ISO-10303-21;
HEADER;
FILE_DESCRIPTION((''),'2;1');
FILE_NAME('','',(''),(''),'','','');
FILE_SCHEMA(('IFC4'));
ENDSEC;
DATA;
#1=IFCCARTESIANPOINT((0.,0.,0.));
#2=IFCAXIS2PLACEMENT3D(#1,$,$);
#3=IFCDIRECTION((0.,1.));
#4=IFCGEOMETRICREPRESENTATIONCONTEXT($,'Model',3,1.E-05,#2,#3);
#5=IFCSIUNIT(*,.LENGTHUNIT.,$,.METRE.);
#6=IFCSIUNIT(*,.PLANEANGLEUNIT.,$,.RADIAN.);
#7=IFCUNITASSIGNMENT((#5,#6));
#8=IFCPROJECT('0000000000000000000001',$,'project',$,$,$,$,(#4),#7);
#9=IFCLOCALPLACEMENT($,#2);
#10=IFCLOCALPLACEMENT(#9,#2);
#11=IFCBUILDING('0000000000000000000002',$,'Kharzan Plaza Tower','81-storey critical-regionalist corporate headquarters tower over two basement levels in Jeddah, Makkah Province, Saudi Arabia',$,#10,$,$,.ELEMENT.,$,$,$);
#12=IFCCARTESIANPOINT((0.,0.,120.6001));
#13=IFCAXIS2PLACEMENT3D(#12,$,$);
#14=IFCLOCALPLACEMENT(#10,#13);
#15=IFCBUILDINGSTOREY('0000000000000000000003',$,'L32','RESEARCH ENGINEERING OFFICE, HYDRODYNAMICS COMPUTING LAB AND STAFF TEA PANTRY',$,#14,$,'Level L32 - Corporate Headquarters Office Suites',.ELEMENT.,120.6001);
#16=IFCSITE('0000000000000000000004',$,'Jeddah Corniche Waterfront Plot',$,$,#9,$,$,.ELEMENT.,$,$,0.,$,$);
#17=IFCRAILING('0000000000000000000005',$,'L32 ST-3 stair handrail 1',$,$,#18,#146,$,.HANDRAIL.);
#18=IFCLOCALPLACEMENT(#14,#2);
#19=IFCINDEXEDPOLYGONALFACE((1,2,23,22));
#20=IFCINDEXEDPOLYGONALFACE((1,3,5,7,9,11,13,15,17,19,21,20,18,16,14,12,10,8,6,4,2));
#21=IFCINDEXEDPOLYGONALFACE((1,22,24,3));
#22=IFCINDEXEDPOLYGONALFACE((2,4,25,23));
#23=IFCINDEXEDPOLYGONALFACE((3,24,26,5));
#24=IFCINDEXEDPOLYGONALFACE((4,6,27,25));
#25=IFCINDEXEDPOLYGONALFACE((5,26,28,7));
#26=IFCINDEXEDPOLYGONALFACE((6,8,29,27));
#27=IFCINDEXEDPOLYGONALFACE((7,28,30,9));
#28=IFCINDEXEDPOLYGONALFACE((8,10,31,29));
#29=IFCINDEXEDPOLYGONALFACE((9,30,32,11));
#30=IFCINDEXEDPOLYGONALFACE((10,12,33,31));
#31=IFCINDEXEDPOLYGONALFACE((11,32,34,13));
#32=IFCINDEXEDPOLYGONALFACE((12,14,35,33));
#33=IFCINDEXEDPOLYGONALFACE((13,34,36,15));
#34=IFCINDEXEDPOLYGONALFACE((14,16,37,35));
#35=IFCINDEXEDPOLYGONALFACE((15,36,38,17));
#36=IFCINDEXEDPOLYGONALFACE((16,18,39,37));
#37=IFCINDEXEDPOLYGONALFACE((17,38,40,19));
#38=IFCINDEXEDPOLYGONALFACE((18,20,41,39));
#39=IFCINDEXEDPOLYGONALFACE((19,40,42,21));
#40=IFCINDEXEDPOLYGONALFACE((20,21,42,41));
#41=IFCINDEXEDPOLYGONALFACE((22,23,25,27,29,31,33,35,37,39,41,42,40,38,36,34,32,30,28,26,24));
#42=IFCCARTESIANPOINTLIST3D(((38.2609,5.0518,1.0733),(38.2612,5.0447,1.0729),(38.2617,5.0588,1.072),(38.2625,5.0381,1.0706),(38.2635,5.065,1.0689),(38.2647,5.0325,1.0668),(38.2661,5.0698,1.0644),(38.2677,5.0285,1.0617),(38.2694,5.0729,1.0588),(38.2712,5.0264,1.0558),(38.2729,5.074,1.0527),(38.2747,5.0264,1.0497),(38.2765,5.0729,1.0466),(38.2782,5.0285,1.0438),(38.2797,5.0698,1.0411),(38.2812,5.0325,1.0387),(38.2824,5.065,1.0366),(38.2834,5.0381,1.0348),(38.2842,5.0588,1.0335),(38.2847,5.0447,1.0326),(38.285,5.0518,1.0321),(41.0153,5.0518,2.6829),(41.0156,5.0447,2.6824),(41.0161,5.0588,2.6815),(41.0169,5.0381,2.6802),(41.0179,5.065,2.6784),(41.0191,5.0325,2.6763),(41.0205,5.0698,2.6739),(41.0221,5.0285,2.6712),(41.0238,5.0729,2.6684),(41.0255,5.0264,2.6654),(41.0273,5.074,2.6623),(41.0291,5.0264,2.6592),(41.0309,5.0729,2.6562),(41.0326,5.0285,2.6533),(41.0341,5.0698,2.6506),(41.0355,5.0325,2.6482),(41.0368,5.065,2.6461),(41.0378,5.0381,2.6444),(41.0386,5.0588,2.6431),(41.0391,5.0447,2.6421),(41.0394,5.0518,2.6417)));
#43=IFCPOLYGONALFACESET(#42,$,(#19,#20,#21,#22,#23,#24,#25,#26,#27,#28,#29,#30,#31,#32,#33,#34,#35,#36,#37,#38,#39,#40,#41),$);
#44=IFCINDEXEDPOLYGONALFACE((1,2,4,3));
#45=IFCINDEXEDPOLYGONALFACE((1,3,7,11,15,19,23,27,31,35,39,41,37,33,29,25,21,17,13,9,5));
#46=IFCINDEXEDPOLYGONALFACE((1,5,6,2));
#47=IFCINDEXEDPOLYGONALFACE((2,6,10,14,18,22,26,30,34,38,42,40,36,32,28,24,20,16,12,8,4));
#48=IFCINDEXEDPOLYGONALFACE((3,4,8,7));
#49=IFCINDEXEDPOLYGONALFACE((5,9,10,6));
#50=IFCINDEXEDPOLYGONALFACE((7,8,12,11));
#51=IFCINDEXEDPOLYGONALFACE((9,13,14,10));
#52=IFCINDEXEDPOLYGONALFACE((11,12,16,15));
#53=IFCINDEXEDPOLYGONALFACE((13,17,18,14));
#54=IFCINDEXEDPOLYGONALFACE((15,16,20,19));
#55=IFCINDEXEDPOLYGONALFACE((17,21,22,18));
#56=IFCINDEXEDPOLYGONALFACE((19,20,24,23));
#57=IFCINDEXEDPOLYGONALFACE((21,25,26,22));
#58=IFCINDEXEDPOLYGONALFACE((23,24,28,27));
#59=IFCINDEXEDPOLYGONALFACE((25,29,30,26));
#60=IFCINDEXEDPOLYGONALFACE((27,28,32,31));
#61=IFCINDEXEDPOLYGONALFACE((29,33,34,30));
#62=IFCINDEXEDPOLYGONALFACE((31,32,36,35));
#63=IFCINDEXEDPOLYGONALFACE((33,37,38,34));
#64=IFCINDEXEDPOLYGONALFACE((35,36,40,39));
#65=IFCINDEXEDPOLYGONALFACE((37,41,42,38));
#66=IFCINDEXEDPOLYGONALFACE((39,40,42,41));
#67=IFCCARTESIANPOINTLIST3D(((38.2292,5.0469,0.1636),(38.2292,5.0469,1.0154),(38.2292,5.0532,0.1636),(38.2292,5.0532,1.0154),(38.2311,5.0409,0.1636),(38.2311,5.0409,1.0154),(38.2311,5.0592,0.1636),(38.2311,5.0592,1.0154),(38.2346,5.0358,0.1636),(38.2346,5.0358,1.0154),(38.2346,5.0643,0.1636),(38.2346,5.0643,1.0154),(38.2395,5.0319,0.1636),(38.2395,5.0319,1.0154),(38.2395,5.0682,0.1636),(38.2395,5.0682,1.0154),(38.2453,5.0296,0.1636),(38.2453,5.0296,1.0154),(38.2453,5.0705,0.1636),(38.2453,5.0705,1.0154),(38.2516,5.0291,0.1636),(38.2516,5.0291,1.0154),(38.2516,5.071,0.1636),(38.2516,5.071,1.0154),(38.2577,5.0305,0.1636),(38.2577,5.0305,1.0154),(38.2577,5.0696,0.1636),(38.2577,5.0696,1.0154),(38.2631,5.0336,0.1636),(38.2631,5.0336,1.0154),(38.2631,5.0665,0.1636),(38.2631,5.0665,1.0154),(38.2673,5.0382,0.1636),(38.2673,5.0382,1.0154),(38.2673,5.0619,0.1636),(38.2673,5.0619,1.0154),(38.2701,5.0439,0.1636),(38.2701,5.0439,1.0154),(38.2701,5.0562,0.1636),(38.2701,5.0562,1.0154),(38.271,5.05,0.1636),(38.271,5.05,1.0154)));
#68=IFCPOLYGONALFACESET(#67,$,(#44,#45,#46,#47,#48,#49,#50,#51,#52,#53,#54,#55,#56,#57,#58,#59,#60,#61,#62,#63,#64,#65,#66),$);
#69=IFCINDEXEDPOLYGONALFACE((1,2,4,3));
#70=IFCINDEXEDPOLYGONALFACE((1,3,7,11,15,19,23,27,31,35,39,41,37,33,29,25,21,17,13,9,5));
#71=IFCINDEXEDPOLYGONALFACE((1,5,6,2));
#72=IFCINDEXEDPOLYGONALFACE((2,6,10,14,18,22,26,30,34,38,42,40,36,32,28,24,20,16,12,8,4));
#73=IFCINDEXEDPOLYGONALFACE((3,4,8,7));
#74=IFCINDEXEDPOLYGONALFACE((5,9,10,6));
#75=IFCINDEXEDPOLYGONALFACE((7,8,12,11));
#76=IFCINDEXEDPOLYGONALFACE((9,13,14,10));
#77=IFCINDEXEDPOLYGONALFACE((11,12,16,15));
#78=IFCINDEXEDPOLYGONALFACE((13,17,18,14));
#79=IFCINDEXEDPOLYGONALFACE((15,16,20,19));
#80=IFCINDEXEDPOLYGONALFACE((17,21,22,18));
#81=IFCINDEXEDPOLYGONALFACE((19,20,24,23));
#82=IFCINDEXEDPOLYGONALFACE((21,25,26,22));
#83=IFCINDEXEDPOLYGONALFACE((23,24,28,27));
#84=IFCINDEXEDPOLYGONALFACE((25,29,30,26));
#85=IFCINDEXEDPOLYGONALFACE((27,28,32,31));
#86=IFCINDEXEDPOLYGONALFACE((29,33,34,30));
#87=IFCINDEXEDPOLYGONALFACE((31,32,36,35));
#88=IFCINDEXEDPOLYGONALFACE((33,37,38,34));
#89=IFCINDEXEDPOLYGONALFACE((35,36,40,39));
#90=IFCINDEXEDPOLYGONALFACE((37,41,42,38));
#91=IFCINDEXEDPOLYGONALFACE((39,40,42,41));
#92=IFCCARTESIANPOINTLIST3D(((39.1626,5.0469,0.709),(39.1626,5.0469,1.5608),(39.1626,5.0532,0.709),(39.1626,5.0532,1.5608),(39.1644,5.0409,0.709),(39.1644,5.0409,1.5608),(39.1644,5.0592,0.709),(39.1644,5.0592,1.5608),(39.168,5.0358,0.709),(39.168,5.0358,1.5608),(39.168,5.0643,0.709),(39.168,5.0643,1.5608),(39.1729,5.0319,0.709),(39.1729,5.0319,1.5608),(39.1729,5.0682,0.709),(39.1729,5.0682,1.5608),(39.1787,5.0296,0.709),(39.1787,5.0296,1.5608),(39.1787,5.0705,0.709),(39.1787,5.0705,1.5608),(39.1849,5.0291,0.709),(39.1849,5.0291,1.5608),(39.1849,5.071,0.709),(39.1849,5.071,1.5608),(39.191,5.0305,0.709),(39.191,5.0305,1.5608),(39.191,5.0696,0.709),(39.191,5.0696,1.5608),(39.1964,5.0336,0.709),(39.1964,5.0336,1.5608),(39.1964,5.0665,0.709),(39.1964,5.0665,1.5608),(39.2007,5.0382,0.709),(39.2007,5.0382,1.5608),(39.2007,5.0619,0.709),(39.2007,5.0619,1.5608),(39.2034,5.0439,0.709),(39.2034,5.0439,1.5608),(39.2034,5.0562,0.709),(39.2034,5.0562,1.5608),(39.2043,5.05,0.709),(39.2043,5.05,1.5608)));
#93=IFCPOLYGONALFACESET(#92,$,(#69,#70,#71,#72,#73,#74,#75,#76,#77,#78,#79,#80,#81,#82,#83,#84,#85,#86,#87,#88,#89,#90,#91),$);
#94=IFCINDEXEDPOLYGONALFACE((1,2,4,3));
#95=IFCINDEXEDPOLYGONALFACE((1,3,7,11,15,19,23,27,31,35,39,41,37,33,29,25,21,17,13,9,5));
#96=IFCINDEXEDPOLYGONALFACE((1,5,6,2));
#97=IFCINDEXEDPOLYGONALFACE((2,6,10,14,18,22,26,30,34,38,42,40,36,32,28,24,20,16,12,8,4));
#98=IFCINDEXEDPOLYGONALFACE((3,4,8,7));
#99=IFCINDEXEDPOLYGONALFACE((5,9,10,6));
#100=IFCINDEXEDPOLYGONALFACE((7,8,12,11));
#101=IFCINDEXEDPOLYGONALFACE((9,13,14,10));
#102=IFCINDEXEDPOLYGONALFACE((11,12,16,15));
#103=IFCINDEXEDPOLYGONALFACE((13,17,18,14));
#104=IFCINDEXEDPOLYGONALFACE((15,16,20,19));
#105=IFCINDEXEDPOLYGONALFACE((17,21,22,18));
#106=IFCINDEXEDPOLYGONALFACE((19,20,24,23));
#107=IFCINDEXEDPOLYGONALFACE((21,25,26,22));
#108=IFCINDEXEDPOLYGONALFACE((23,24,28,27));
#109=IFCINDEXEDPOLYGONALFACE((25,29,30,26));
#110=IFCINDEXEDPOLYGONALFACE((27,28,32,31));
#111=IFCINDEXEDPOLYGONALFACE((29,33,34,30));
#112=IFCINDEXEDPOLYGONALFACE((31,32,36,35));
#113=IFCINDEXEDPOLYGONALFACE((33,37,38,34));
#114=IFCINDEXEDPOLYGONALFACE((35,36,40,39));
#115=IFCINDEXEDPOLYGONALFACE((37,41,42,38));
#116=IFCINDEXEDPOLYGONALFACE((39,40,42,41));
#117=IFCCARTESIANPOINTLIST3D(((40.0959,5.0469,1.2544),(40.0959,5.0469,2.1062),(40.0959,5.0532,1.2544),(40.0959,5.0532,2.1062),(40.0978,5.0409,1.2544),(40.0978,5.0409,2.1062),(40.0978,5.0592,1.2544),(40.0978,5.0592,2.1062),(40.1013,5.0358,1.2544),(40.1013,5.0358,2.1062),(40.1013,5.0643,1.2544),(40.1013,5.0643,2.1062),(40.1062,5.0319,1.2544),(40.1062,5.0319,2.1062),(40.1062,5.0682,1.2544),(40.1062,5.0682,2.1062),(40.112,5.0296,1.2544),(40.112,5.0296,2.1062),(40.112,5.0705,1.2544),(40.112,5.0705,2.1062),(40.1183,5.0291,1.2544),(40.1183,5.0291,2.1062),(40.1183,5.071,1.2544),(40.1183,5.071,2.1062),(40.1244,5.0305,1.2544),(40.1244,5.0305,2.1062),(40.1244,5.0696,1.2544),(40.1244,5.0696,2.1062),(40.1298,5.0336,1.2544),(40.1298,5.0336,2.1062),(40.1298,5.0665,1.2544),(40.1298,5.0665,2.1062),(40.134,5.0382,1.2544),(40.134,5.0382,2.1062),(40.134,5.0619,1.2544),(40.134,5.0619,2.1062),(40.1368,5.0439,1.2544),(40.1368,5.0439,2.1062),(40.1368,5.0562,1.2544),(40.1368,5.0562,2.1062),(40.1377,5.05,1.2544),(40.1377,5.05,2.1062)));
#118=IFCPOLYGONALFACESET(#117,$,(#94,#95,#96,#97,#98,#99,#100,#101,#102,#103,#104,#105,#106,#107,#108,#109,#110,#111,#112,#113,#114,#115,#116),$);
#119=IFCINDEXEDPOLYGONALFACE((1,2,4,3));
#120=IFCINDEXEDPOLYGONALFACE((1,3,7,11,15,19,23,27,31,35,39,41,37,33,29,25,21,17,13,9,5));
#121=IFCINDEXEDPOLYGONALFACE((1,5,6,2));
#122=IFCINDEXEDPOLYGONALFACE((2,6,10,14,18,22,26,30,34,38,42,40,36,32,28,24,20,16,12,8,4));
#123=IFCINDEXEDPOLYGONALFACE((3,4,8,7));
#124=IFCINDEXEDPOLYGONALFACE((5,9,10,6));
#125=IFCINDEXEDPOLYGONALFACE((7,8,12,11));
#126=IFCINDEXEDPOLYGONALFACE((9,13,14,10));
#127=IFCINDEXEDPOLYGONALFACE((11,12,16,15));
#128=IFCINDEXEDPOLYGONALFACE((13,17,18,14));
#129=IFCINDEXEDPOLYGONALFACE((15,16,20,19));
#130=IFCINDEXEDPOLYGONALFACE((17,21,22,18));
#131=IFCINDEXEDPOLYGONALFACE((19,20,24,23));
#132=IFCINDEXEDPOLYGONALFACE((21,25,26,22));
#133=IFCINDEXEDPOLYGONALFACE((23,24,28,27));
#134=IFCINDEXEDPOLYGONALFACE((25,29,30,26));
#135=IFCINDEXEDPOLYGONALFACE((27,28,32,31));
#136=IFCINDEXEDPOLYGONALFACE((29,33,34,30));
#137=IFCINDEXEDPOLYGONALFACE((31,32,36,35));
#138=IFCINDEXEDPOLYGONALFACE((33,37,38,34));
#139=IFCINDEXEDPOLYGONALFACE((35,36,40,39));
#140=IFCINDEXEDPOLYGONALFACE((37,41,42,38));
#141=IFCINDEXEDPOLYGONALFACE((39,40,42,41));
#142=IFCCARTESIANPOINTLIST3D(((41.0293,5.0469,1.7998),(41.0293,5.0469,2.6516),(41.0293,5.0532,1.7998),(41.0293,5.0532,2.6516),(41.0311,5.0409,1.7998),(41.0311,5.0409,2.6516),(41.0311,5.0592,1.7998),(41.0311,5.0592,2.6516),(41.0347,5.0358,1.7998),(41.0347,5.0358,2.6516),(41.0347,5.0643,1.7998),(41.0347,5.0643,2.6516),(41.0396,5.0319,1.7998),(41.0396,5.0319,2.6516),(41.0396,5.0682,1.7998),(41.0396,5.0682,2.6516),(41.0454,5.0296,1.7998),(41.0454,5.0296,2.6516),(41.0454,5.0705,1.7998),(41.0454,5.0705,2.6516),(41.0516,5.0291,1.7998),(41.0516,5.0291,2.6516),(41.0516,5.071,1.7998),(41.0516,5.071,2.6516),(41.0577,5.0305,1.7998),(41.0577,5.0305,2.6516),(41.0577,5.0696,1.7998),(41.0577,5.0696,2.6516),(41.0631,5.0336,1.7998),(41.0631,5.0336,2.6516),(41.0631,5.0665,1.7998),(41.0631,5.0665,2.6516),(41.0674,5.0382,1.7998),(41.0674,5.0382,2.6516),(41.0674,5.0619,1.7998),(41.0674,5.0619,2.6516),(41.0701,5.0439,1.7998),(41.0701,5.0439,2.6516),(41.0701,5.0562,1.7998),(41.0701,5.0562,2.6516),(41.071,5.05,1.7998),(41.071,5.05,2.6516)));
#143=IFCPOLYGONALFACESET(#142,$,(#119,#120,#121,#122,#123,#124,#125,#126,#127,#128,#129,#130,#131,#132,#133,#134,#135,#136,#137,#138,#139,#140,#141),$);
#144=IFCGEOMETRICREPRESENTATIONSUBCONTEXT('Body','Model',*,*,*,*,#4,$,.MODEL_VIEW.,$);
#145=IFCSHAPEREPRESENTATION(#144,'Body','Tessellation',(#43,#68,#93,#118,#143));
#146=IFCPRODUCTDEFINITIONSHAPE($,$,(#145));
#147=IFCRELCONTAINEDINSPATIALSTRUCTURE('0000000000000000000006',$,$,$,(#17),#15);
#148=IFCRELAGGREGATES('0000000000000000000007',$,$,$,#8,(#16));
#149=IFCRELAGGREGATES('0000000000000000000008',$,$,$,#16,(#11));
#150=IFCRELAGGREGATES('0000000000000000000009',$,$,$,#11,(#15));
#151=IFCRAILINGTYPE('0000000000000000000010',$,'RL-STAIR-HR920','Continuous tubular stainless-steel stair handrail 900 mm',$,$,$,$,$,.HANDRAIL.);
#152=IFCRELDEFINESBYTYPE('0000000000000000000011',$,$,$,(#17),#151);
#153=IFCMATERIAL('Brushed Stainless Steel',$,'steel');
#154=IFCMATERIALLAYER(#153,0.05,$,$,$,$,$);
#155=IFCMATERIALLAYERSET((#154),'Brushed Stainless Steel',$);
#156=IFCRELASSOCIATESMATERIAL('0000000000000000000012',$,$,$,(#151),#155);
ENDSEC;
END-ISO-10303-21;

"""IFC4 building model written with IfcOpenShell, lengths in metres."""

from ifc_helpers import new_model, si_unit, direction, frame, origin, origin_2d, place, context, subcontext, project, spatial, circle, extrude, source, transform, mapped, material, layer, layer_set, type_object, element, save


model = new_model("IFC4")

# Units and contexts
model_context = context("Model", 3, precision=1e-05, world=origin(), true_north=direction((0.0, 1.0)))
body_context = subcontext(model_context, "Body", "Model", "MODEL_VIEW")
ifc_project = project(units=[si_unit("LENGTHUNIT", "METRE"), si_unit("PLANEANGLEUNIT", "RADIAN")], contexts=[model_context])

# Site, building, storey
site_placement = place(None, origin())
site = spatial("IfcSite", under=ifc_project, at=site_placement, Name="Jeddah Corniche Waterfront Plot", CompositionType="ELEMENT", RefElevation=0.0)
building_placement = place(site_placement, origin())
building = spatial("IfcBuilding", under=site, at=building_placement, Name="Kharzan Plaza Tower", Description="81-storey critical-regionalist corporate headquarters tower over two basement levels in Jeddah, Makkah Province, Saudi Arabia", CompositionType="ELEMENT")
storey_placement = place(building_placement, frame((0.0, 0.0, 120.6001)))
storey = spatial("IfcBuildingStorey", under=building, at=storey_placement, Name="L32", Description="RESEARCH ENGINEERING OFFICE, HYDRODYNAMICS COMPUTING LAB AND STAFF TEA PANTRY", LongName="Level L32 - Corporate Headquarters Office Suites", CompositionType="ELEMENT", Elevation=120.6001)

# Shared definitions
ifc_material_1 = material(Name="Brushed Stainless Steel", Category="steel")

# Railing
ifc_layer_1 = layer(ifc_material_1, 0.05)
ifc_layer_set_1 = layer_set([ifc_layer_1], Name="Brushed Stainless Steel")
railing_type_1 = type_object("IfcRailingType", Name="RL-STAIR-HR920", Description="Continuous tubular stainless-steel stair handrail 900 mm", PredefinedType="HANDRAIL", material=ifc_layer_set_1)
shared_shape_1 = source(origin(), body_context, "Body", "SweptSolid", [
    extrude(circle(Radius=0.0239, at=origin_2d()), frame((0.0229, 0.0, 0.8892), z_axis=(0.863394, 0.0, 0.504531), x_axis=(0.0, 1.0, 0.0)), (0.0, 0.0, 1.0), 3.1902),
    extrude(circle(Radius=0.021, at=origin_2d()), origin(), (0.0, 0.0, 1.0), 0.8518),
    extrude(circle(Radius=0.021, at=origin_2d()), frame((0.9333, 0.0, 0.5454)), (0.0, 0.0, 1.0), 0.8518),
    extrude(circle(Radius=0.021, at=origin_2d()), frame((1.8667, 0.0, 1.0908)), (0.0, 0.0, 1.0), 0.8518),
    extrude(circle(Radius=0.021, at=origin_2d()), frame((2.8, 0.0, 1.6362)), (0.0, 0.0, 1.0), 0.8518),
])
railing_1_placement = place(storey_placement, frame((38.25, 5.05, 0.1636)))
element("IfcRailing", 1, at=railing_1_placement, inside=storey, type_object=railing_type_1, Name="L32 ST-3 stair handrail 1", PredefinedType="HANDRAIL", context=body_context, shape_type="MappedRepresentation", body=[
    mapped(shared_shape_1, transform((0.0, 0.0, 0.0), x_axis=(1.0, 0.0, 0.0), y_axis=(0.0, 1.0, 0.0), z_axis=(0.0, 0.0, 1.0))),
])

save(model, "model.ifc")
